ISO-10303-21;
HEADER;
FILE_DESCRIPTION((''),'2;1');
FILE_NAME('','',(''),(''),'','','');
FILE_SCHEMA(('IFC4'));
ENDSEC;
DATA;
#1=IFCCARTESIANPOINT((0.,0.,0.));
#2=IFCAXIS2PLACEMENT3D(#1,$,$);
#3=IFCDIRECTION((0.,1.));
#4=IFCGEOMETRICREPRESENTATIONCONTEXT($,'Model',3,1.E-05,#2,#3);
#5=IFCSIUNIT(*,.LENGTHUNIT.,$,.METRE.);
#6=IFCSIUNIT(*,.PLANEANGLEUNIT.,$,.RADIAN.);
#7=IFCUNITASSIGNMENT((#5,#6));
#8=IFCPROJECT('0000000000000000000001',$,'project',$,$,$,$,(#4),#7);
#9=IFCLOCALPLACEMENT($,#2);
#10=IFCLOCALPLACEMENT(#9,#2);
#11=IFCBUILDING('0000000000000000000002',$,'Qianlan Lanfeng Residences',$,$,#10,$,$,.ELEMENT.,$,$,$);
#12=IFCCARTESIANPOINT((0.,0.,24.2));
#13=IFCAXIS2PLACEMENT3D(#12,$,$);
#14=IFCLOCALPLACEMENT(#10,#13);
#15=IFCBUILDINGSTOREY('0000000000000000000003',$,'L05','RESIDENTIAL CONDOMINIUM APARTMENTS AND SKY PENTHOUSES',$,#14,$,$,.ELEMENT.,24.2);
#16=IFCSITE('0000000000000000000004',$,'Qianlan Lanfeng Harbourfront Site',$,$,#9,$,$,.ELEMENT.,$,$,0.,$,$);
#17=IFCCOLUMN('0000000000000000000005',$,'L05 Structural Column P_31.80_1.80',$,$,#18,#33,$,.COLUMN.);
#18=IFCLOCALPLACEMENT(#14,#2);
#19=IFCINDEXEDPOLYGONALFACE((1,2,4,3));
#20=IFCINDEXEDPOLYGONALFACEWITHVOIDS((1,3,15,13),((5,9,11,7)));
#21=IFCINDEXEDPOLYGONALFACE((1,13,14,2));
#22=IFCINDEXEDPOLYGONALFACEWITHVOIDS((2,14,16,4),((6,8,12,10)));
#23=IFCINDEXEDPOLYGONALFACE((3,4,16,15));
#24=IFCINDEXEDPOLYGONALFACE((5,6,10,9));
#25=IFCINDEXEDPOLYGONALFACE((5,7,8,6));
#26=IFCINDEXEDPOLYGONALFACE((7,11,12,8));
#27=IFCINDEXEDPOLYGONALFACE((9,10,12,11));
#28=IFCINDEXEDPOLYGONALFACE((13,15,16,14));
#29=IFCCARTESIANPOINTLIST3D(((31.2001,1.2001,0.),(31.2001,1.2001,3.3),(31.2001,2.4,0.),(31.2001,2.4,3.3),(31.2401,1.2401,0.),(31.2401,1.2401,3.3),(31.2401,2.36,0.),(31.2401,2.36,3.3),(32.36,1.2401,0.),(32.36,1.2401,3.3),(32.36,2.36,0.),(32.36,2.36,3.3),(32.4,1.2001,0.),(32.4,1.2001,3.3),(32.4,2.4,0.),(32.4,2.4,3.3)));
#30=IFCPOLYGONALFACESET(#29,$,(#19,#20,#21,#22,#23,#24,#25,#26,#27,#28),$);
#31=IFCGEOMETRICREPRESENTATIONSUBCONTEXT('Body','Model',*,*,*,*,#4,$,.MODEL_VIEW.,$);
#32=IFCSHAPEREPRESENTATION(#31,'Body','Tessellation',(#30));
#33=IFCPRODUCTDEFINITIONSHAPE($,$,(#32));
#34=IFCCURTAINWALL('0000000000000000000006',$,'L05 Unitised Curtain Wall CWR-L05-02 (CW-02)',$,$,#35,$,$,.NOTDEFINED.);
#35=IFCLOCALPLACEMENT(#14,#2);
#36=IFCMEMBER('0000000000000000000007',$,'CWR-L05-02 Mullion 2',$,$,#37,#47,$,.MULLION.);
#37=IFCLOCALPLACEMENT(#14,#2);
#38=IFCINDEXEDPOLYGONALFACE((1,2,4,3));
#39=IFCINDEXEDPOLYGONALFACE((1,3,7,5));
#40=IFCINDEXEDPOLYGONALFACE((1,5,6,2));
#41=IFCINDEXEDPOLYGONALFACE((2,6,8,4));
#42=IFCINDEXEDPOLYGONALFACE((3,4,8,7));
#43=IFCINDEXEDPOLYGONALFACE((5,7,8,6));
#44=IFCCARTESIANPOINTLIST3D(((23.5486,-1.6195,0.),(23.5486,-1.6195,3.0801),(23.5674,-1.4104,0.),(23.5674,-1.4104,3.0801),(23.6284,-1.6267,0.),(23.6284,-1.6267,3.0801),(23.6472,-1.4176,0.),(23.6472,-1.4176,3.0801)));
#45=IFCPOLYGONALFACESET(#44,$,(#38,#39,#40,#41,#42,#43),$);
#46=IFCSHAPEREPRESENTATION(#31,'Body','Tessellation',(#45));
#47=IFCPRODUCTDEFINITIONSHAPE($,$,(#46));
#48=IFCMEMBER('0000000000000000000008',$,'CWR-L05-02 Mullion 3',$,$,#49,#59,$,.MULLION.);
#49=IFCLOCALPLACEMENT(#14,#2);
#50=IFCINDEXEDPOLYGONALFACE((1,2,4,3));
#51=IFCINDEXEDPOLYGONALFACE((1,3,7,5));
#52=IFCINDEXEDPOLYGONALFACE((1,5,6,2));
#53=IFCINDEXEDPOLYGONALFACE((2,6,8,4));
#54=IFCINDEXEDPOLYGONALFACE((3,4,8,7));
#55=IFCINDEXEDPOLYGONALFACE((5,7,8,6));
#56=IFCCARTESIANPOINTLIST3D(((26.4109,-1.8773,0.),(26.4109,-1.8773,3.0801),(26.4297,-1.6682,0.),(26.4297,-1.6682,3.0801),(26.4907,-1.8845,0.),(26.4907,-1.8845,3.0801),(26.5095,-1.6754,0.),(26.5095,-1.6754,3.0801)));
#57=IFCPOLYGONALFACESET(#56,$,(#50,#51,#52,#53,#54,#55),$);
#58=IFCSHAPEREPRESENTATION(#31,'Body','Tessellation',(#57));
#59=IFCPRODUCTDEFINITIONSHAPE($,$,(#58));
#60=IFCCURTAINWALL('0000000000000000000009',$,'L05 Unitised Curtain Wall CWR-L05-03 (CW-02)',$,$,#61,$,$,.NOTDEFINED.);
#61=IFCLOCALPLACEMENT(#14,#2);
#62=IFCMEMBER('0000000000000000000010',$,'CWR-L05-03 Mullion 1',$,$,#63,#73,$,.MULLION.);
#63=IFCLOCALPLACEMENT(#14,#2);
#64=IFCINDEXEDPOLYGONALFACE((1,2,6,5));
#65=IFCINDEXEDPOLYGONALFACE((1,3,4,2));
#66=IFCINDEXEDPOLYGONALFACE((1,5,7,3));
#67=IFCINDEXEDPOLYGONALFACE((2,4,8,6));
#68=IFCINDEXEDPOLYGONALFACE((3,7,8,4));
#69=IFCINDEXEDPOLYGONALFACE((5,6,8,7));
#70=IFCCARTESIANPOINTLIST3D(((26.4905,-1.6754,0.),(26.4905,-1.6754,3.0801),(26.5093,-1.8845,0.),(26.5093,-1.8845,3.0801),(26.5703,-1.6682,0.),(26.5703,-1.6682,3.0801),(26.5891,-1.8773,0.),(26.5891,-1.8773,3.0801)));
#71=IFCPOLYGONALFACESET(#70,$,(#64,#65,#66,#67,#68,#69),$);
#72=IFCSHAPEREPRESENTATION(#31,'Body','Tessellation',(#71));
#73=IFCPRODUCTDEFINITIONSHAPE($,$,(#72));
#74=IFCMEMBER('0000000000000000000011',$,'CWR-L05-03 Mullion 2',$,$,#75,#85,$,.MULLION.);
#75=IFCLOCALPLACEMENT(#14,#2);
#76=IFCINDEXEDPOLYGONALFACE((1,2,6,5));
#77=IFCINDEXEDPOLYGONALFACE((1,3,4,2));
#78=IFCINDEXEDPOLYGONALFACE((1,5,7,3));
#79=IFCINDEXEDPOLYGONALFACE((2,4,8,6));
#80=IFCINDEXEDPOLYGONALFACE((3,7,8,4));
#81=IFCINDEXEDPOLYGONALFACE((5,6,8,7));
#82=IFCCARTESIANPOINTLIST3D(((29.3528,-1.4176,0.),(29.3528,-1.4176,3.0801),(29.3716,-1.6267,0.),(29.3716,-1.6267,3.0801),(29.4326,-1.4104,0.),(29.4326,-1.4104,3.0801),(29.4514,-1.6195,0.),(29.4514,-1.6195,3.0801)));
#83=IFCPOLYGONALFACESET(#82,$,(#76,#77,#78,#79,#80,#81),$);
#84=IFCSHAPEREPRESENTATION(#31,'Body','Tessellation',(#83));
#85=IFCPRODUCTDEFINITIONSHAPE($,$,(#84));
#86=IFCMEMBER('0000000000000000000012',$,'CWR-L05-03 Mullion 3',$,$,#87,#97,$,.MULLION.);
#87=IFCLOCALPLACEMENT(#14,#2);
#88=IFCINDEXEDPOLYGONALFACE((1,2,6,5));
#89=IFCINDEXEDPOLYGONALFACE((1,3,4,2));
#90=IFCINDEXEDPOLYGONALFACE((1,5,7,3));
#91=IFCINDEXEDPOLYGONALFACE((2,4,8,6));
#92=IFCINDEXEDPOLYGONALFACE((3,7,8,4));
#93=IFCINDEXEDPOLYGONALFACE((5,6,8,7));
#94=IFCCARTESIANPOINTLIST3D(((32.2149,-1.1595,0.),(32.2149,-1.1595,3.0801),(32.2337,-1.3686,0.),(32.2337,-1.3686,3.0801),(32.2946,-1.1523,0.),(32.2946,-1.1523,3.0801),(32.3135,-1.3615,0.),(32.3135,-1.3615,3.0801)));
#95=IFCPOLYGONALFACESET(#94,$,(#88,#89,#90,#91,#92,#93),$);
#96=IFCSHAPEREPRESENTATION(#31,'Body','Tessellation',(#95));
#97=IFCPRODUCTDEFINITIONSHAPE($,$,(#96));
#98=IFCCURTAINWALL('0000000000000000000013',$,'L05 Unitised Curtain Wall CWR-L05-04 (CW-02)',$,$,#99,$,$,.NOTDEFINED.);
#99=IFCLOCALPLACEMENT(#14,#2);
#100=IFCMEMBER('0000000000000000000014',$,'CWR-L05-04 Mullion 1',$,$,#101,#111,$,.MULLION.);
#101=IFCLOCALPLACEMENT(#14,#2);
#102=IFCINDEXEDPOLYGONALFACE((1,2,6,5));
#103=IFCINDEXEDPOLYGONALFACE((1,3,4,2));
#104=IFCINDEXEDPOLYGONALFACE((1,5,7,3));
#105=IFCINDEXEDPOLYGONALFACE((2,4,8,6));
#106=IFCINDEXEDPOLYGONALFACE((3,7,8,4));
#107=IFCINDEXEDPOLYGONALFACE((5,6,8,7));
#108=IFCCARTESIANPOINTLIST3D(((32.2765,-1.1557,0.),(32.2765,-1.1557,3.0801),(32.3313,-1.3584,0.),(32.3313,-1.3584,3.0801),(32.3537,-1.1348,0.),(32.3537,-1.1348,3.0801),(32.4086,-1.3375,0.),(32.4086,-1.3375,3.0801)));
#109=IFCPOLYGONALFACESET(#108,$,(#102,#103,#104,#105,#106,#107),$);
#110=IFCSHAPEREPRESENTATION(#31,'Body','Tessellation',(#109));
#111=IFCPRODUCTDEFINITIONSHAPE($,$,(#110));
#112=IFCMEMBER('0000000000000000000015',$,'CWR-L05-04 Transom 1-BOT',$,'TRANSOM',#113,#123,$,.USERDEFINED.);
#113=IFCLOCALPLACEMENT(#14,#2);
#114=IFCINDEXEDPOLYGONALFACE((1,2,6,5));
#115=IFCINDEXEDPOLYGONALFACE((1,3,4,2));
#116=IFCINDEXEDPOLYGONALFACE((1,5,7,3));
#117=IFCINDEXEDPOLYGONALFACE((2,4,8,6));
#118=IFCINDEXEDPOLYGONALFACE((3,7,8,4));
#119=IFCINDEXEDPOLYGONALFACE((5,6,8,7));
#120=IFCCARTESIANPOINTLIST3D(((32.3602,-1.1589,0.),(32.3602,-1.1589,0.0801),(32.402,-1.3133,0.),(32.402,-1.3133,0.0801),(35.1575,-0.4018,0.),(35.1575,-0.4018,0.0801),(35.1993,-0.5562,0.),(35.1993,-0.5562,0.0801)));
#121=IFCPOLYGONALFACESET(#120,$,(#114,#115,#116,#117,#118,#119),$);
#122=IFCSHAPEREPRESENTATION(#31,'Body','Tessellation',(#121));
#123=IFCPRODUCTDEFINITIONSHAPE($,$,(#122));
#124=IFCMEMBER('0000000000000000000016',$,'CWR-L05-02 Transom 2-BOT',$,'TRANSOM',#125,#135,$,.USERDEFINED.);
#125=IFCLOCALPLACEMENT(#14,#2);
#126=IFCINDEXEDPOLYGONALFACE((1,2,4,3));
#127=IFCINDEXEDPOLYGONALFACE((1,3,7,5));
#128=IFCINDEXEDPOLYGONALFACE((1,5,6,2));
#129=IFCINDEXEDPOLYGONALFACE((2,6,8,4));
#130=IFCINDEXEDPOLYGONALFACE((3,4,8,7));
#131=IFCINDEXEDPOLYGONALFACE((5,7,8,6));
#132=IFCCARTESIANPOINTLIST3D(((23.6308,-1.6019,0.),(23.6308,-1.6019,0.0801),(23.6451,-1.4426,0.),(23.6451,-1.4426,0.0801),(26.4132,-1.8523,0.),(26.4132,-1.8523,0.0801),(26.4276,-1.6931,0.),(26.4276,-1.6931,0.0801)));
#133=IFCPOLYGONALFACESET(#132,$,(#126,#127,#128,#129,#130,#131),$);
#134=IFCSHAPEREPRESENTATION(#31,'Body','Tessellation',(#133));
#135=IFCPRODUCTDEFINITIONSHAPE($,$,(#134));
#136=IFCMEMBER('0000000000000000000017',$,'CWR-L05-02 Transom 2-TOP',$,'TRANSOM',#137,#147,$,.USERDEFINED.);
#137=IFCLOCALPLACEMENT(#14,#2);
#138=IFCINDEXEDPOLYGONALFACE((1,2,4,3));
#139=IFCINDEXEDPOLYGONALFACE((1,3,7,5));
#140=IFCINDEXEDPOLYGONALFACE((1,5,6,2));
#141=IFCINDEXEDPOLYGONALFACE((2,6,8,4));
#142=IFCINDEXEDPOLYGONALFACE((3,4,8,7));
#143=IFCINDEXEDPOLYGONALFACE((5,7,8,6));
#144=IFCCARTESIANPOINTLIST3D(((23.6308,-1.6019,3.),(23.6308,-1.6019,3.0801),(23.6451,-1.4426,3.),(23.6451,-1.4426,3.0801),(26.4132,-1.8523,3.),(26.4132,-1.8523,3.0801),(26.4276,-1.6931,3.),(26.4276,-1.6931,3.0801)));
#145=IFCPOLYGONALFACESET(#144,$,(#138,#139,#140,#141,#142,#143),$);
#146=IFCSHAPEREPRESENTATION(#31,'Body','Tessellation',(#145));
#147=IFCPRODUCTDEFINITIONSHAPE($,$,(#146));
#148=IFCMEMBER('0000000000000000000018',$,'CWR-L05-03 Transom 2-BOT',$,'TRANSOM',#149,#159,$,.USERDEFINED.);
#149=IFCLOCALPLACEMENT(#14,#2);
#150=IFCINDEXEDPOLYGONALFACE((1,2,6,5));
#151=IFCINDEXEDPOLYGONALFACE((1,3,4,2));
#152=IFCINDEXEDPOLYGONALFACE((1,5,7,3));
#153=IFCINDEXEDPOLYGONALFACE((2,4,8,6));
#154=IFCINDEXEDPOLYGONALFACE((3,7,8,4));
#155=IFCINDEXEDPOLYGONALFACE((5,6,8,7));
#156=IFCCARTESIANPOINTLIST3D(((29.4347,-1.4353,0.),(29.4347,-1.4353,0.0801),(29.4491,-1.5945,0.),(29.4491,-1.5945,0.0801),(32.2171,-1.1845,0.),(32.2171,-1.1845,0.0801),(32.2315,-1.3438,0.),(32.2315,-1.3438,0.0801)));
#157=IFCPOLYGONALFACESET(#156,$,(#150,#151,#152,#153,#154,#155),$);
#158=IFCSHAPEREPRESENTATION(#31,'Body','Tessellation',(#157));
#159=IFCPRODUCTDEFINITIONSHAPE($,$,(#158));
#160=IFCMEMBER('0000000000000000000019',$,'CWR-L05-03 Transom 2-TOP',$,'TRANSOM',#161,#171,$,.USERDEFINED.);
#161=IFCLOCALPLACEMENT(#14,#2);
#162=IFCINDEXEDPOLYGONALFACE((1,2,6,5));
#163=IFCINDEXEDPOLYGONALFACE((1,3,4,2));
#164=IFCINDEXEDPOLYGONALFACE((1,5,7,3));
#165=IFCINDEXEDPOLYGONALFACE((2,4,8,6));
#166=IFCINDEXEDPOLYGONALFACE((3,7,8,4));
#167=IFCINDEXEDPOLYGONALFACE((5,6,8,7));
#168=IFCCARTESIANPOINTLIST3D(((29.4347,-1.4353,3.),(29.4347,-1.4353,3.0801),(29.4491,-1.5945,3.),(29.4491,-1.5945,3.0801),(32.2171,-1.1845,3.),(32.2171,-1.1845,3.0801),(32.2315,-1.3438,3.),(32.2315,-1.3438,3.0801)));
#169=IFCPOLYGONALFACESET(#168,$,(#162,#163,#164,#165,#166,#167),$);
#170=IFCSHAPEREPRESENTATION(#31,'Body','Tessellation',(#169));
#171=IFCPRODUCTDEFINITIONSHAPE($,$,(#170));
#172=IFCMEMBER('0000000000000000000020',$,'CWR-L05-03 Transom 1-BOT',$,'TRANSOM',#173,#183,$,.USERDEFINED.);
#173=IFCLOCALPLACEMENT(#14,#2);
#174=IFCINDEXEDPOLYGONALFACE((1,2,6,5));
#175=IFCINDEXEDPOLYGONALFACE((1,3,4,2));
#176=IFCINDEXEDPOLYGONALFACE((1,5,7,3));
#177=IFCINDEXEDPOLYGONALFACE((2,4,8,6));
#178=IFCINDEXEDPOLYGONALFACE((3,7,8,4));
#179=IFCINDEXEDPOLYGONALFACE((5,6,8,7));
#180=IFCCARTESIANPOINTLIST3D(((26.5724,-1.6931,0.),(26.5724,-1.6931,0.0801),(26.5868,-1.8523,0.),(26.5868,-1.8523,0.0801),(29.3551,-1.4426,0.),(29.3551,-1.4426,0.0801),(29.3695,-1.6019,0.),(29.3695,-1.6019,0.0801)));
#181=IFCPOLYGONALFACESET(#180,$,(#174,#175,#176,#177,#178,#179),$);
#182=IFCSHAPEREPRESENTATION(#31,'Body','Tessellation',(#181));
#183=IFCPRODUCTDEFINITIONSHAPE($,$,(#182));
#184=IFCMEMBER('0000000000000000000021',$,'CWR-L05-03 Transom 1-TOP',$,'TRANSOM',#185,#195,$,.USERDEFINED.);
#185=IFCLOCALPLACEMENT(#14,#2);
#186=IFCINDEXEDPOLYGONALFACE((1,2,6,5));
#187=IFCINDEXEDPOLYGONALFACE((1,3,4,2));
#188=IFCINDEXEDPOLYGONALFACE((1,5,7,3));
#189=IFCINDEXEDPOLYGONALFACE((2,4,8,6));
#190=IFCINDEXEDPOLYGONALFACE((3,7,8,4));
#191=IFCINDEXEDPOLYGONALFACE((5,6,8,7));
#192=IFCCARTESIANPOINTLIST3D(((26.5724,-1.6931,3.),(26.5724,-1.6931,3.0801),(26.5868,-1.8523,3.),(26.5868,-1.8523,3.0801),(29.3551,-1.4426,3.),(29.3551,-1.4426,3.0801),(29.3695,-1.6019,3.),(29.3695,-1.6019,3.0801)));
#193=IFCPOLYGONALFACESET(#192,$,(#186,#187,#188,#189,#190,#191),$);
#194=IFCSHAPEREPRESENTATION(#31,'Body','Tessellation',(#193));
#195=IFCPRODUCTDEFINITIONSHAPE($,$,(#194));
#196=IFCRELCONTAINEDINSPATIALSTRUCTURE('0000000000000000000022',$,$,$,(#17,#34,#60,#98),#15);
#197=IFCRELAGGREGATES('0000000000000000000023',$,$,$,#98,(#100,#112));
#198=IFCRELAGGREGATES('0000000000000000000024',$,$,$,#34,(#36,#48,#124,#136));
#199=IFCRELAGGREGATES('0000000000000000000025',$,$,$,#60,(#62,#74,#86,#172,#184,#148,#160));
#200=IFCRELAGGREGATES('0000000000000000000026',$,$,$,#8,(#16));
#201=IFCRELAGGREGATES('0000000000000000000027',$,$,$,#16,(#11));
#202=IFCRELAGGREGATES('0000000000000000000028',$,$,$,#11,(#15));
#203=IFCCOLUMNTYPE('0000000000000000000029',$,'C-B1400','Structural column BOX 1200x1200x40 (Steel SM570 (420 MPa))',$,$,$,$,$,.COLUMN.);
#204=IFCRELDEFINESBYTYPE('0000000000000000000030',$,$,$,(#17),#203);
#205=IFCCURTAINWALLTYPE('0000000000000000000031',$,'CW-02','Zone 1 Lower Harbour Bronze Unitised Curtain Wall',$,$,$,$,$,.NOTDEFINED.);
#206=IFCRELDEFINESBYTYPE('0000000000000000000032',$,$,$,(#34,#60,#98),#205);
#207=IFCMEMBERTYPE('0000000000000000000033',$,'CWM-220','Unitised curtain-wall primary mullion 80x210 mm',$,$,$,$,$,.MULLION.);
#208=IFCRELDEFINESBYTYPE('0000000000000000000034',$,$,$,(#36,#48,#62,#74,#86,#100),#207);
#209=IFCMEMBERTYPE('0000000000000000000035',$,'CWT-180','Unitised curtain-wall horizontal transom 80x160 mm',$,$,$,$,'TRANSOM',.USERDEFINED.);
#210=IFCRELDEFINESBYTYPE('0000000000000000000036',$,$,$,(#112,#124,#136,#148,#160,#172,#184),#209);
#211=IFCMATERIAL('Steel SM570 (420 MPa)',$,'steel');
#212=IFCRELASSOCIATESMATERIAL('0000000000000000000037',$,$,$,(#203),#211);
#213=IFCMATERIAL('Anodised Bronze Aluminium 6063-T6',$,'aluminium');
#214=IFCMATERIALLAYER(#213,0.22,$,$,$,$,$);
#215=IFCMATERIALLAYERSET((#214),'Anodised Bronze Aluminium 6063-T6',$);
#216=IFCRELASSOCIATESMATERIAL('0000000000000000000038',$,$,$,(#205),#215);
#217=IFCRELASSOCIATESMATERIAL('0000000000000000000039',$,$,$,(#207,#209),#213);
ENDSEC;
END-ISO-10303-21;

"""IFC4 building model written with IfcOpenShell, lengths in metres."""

from ifc_helpers import new_model, si_unit, direction, frame, origin, origin_2d, place, context, subcontext, project, spatial, rectangle, hollow_rectangle, extrude, source, transform, mapped, material, layer, layer_set, material_profile, profile_set, type_object, element, aggregate, save


model = new_model("IFC4")

# Units and contexts
model_context = context("Model", 3, precision=1e-05, world=origin(), true_north=direction((0.0, 1.0)))
body_context = subcontext(model_context, "Body", "Model", "MODEL_VIEW")
ifc_project = project(units=[si_unit("LENGTHUNIT", "METRE"), si_unit("PLANEANGLEUNIT", "RADIAN")], contexts=[model_context])

# Site, building, storey
site_placement = place(None, origin())
site = spatial("IfcSite", under=ifc_project, at=site_placement, Name="Qianlan Lanfeng Harbourfront Site", CompositionType="ELEMENT", RefElevation=0.0)
building_placement = place(site_placement, origin())
building = spatial("IfcBuilding", under=site, at=building_placement, Name="Qianlan Lanfeng Residences", CompositionType="ELEMENT")
storey_placement = place(building_placement, frame((0.0, 0.0, 24.2)))
storey = spatial("IfcBuildingStorey", under=building, at=storey_placement, Name="L05", Description="RESIDENTIAL CONDOMINIUM APARTMENTS AND SKY PENTHOUSES", CompositionType="ELEMENT", Elevation=24.2)

# Column
ifc_material_1 = material(Name="Steel SM570 (420 MPa)", Category="steel")
ifc_material_profile_1 = material_profile(ifc_material_1, hollow_rectangle(XDim=1.2, YDim=1.2, WallThickness=0.04, at=origin_2d()), Name="BOX 1200x1200x40")
ifc_profile_set_1 = profile_set([ifc_material_profile_1], Name="Steel SM570 (420 MPa)")
column_type = type_object("IfcColumnType", Name="C-B1400", Description="Structural column BOX 1200x1200x40 (Steel SM570 (420 MPa))", PredefinedType="COLUMN", material=ifc_profile_set_1)
column_placement = place(storey_placement, frame((31.8, 1.8, 0.0), z_axis=(0.0, 0.0, 1.0), x_axis=(1.0, 0.0, 0.0)))
element("IfcColumn", 1, at=column_placement, inside=storey, type_object=column_type, Name="L05 Structural Column P_31.80_1.80", PredefinedType="COLUMN", context=body_context, shape_type="SweptSolid", body=[
    extrude(hollow_rectangle(XDim=1.2, YDim=1.2, WallThickness=0.04, at=origin_2d()), origin(), (0.0, 0.0, 1.0), 3.3),
])

# Curtain walls, members
ifc_material_2 = material(Name="Anodised Bronze Aluminium 6063-T6", Category="aluminium")
ifc_layer_1 = layer(ifc_material_2, 0.22)
ifc_layer_set_1 = layer_set([ifc_layer_1], Name="Anodised Bronze Aluminium 6063-T6")
curtain_wall_type = type_object("IfcCurtainWallType", Name="CW-02", Description="Zone 1 Lower Harbour Bronze Unitised Curtain Wall", PredefinedType="NOTDEFINED", material=ifc_layer_set_1)
curtain_wall_1_placement = place(storey_placement, origin())
curtain_wall_1 = element("IfcCurtainWall", 2, at=curtain_wall_1_placement, inside=storey, type_object=curtain_wall_type, Name="L05 Unitised Curtain Wall CWR-L05-02 (CW-02)", PredefinedType="NOTDEFINED")
ifc_material_profile_2 = material_profile(ifc_material_2, rectangle(XDim=0.0801, YDim=0.21, at=origin_2d()), Name="ALU MULLION 80x210")
ifc_profile_set_2 = profile_set([ifc_material_profile_2], Name="Anodised Bronze Aluminium 6063-T6")
member_type_1 = type_object("IfcMemberType", Name="CWM-220", Description="Unitised curtain-wall primary mullion 80x210 mm", PredefinedType="MULLION", material=ifc_profile_set_2)
shared_shape_1 = source(origin(), body_context, "Body", "SweptSolid", [
    extrude(rectangle(XDim=0.0801, YDim=0.21, at=origin_2d()), origin(), (0.0, 0.0, 1.0), 3.0801),
])
member_1_placement = place(storey_placement, frame((23.5979, -1.5186, 0.0), z_axis=(0.0, 0.0, 1.0), x_axis=(0.995965, -0.089746, 0.0)))
member_1 = element("IfcMember", 3, at=member_1_placement, type_object=member_type_1, Name="CWR-L05-02 Mullion 2", PredefinedType="MULLION", context=body_context, shape_type="MappedRepresentation", body=[
    mapped(shared_shape_1, transform((0.0, 0.0, 0.0), scale=1.0)),
])
member_2_placement = place(storey_placement, frame((26.4602, -1.7764, 0.0), z_axis=(0.0, 0.0, 1.0), x_axis=(0.995965, -0.089746, 0.0)))
member_2 = element("IfcMember", 4, at=member_2_placement, type_object=member_type_1, Name="CWR-L05-02 Mullion 3", PredefinedType="MULLION", context=body_context, shape_type="MappedRepresentation", body=[
    mapped(shared_shape_1, transform((0.0, 0.0, 0.0), scale=1.0)),
])
curtain_wall_2_placement = place(storey_placement, origin())
curtain_wall_2 = element("IfcCurtainWall", 5, at=curtain_wall_2_placement, inside=storey, type_object=curtain_wall_type, Name="L05 Unitised Curtain Wall CWR-L05-03 (CW-02)", PredefinedType="NOTDEFINED")
member_3_placement = place(storey_placement, frame((26.5398, -1.7764, 0.0), z_axis=(0.0, 0.0, 1.0), x_axis=(0.995965, 0.089746, 0.0)))
member_3 = element("IfcMember", 6, at=member_3_placement, type_object=member_type_1, Name="CWR-L05-03 Mullion 1", PredefinedType="MULLION", context=body_context, shape_type="MappedRepresentation", body=[
    mapped(shared_shape_1, transform((0.0, 0.0, 0.0), scale=1.0)),
])
member_4_placement = place(storey_placement, frame((29.4021, -1.5186, 0.0), z_axis=(0.0, 0.0, 1.0), x_axis=(0.995965, 0.089746, 0.0)))
member_4 = element("IfcMember", 7, at=member_4_placement, type_object=member_type_1, Name="CWR-L05-03 Mullion 2", PredefinedType="MULLION", context=body_context, shape_type="MappedRepresentation", body=[
    mapped(shared_shape_1, transform((0.0, 0.0, 0.0), scale=1.0)),
])
member_5_placement = place(storey_placement, frame((32.2642, -1.2605, 0.0), z_axis=(0.0, 0.0, 1.0), x_axis=(0.995965, 0.089746, 0.0)))
member_5 = element("IfcMember", 8, at=member_5_placement, type_object=member_type_1, Name="CWR-L05-03 Mullion 3", PredefinedType="MULLION", context=body_context, shape_type="MappedRepresentation", body=[
    mapped(shared_shape_1, transform((0.0, 0.0, 0.0), scale=1.0)),
])
curtain_wall_3_placement = place(storey_placement, origin())
curtain_wall_3 = element("IfcCurtainWall", 9, at=curtain_wall_3_placement, inside=storey, type_object=curtain_wall_type, Name="L05 Unitised Curtain Wall CWR-L05-04 (CW-02)", PredefinedType="NOTDEFINED")
member_6_placement = place(storey_placement, frame((32.3425, -1.2466, 0.0), z_axis=(0.0, 0.0, 1.0), x_axis=(0.965263, 0.261281, 0.0)))
member_6 = element("IfcMember", 10, at=member_6_placement, type_object=member_type_1, Name="CWR-L05-04 Mullion 1", PredefinedType="MULLION", context=body_context, shape_type="MappedRepresentation", body=[
    mapped(shared_shape_1, transform((0.0, 0.0, 0.0), scale=1.0)),
])
ifc_material_profile_3 = material_profile(ifc_material_2, rectangle(XDim=0.0801, YDim=0.1599, at=origin_2d()), Name="ALU TRANSOM 80x160")
ifc_profile_set_3 = profile_set([ifc_material_profile_3], Name="Anodised Bronze Aluminium 6063-T6")
member_type_2 = type_object("IfcMemberType", Name="CWT-180", Description="Unitised curtain-wall horizontal transom 80x160 mm", ElementType="TRANSOM", PredefinedType="USERDEFINED", material=ifc_profile_set_3)
shared_shape_2 = source(origin(), body_context, "Body", "SweptSolid", [
    extrude(rectangle(XDim=0.0801, YDim=0.1599, at=origin_2d()), origin(), (0.0, 0.0, 1.0), 2.8979),
])
member_7_placement = place(storey_placement, frame((32.3811, -1.2361, 0.04), z_axis=(0.965273, 0.261242, 0.0), x_axis=(0.0, 0.0, 1.0)))
member_7 = element("IfcMember", 11, at=member_7_placement, type_object=member_type_2, Name="CWR-L05-04 Transom 1-BOT", ObjectType="TRANSOM", PredefinedType="USERDEFINED", context=body_context, shape_type="MappedRepresentation", body=[
    mapped(shared_shape_2, transform((0.0, 0.0, 0.0), scale=1.0)),
])
aggregate(curtain_wall_3, [member_6, member_7])

# Members
shared_shape_3 = source(origin(), body_context, "Body", "SweptSolid", [
    extrude(rectangle(XDim=0.0801, YDim=0.1599, at=origin_2d()), origin(), (0.0, 0.0, 1.0), 2.7937),
])
member_8_placement = place(storey_placement, frame((23.6379, -1.5222, 0.04), z_axis=(0.995972, -0.089661, 0.0), x_axis=(0.0, 0.0, 1.0)))
member_8 = element("IfcMember", 12, at=member_8_placement, type_object=member_type_2, Name="CWR-L05-02 Transom 2-BOT", ObjectType="TRANSOM", PredefinedType="USERDEFINED", context=body_context, shape_type="MappedRepresentation", body=[
    mapped(shared_shape_3, transform((0.0, 0.0, 0.0), scale=1.0)),
])
member_9_placement = place(storey_placement, frame((23.6379, -1.5222, 3.04), z_axis=(0.995972, -0.089661, 0.0), x_axis=(0.0, 0.0, 1.0)))
member_9 = element("IfcMember", 13, at=member_9_placement, type_object=member_type_2, Name="CWR-L05-02 Transom 2-TOP", ObjectType="TRANSOM", PredefinedType="USERDEFINED", context=body_context, shape_type="MappedRepresentation", body=[
    mapped(shared_shape_3, transform((0.0, 0.0, 0.0), scale=1.0)),
])
member_10_placement = place(storey_placement, frame((29.4419, -1.5149, 0.04), z_axis=(0.995965, 0.089748, 0.0), x_axis=(0.0, 0.0, 1.0)))
member_10 = element("IfcMember", 14, at=member_10_placement, type_object=member_type_2, Name="CWR-L05-03 Transom 2-BOT", ObjectType="TRANSOM", PredefinedType="USERDEFINED", context=body_context, shape_type="MappedRepresentation", body=[
    mapped(shared_shape_3, transform((0.0, 0.0, 0.0), scale=1.0)),
])
member_11_placement = place(storey_placement, frame((29.4419, -1.5149, 3.04), z_axis=(0.995965, 0.089748, 0.0), x_axis=(0.0, 0.0, 1.0)))
member_11 = element("IfcMember", 15, at=member_11_placement, type_object=member_type_2, Name="CWR-L05-03 Transom 2-TOP", ObjectType="TRANSOM", PredefinedType="USERDEFINED", context=body_context, shape_type="MappedRepresentation", body=[
    mapped(shared_shape_3, transform((0.0, 0.0, 0.0), scale=1.0)),
])
shared_shape_4 = source(origin(), body_context, "Body", "SweptSolid", [
    extrude(rectangle(XDim=0.0801, YDim=0.1599, at=origin_2d()), origin(), (0.0, 0.0, 1.0), 2.7939),
])
member_12_placement = place(storey_placement, frame((26.5796, -1.7727, 0.04), z_axis=(0.995973, 0.089653, 0.0), x_axis=(0.0, 0.0, 1.0)))
member_12 = element("IfcMember", 16, at=member_12_placement, type_object=member_type_2, Name="CWR-L05-03 Transom 1-BOT", ObjectType="TRANSOM", PredefinedType="USERDEFINED", context=body_context, shape_type="MappedRepresentation", body=[
    mapped(shared_shape_4, transform((0.0, 0.0, 0.0), scale=1.0)),
])
member_13_placement = place(storey_placement, frame((26.5796, -1.7727, 3.04), z_axis=(0.995973, 0.089653, 0.0), x_axis=(0.0, 0.0, 1.0)))
member_13 = element("IfcMember", 17, at=member_13_placement, type_object=member_type_2, Name="CWR-L05-03 Transom 1-TOP", ObjectType="TRANSOM", PredefinedType="USERDEFINED", context=body_context, shape_type="MappedRepresentation", body=[
    mapped(shared_shape_4, transform((0.0, 0.0, 0.0), scale=1.0)),
])

aggregate(curtain_wall_1, [member_1, member_2, member_8, member_9])
aggregate(curtain_wall_2, [member_3, member_4, member_5, member_12, member_13, member_10, member_11])

save(model, "model.ifc")
